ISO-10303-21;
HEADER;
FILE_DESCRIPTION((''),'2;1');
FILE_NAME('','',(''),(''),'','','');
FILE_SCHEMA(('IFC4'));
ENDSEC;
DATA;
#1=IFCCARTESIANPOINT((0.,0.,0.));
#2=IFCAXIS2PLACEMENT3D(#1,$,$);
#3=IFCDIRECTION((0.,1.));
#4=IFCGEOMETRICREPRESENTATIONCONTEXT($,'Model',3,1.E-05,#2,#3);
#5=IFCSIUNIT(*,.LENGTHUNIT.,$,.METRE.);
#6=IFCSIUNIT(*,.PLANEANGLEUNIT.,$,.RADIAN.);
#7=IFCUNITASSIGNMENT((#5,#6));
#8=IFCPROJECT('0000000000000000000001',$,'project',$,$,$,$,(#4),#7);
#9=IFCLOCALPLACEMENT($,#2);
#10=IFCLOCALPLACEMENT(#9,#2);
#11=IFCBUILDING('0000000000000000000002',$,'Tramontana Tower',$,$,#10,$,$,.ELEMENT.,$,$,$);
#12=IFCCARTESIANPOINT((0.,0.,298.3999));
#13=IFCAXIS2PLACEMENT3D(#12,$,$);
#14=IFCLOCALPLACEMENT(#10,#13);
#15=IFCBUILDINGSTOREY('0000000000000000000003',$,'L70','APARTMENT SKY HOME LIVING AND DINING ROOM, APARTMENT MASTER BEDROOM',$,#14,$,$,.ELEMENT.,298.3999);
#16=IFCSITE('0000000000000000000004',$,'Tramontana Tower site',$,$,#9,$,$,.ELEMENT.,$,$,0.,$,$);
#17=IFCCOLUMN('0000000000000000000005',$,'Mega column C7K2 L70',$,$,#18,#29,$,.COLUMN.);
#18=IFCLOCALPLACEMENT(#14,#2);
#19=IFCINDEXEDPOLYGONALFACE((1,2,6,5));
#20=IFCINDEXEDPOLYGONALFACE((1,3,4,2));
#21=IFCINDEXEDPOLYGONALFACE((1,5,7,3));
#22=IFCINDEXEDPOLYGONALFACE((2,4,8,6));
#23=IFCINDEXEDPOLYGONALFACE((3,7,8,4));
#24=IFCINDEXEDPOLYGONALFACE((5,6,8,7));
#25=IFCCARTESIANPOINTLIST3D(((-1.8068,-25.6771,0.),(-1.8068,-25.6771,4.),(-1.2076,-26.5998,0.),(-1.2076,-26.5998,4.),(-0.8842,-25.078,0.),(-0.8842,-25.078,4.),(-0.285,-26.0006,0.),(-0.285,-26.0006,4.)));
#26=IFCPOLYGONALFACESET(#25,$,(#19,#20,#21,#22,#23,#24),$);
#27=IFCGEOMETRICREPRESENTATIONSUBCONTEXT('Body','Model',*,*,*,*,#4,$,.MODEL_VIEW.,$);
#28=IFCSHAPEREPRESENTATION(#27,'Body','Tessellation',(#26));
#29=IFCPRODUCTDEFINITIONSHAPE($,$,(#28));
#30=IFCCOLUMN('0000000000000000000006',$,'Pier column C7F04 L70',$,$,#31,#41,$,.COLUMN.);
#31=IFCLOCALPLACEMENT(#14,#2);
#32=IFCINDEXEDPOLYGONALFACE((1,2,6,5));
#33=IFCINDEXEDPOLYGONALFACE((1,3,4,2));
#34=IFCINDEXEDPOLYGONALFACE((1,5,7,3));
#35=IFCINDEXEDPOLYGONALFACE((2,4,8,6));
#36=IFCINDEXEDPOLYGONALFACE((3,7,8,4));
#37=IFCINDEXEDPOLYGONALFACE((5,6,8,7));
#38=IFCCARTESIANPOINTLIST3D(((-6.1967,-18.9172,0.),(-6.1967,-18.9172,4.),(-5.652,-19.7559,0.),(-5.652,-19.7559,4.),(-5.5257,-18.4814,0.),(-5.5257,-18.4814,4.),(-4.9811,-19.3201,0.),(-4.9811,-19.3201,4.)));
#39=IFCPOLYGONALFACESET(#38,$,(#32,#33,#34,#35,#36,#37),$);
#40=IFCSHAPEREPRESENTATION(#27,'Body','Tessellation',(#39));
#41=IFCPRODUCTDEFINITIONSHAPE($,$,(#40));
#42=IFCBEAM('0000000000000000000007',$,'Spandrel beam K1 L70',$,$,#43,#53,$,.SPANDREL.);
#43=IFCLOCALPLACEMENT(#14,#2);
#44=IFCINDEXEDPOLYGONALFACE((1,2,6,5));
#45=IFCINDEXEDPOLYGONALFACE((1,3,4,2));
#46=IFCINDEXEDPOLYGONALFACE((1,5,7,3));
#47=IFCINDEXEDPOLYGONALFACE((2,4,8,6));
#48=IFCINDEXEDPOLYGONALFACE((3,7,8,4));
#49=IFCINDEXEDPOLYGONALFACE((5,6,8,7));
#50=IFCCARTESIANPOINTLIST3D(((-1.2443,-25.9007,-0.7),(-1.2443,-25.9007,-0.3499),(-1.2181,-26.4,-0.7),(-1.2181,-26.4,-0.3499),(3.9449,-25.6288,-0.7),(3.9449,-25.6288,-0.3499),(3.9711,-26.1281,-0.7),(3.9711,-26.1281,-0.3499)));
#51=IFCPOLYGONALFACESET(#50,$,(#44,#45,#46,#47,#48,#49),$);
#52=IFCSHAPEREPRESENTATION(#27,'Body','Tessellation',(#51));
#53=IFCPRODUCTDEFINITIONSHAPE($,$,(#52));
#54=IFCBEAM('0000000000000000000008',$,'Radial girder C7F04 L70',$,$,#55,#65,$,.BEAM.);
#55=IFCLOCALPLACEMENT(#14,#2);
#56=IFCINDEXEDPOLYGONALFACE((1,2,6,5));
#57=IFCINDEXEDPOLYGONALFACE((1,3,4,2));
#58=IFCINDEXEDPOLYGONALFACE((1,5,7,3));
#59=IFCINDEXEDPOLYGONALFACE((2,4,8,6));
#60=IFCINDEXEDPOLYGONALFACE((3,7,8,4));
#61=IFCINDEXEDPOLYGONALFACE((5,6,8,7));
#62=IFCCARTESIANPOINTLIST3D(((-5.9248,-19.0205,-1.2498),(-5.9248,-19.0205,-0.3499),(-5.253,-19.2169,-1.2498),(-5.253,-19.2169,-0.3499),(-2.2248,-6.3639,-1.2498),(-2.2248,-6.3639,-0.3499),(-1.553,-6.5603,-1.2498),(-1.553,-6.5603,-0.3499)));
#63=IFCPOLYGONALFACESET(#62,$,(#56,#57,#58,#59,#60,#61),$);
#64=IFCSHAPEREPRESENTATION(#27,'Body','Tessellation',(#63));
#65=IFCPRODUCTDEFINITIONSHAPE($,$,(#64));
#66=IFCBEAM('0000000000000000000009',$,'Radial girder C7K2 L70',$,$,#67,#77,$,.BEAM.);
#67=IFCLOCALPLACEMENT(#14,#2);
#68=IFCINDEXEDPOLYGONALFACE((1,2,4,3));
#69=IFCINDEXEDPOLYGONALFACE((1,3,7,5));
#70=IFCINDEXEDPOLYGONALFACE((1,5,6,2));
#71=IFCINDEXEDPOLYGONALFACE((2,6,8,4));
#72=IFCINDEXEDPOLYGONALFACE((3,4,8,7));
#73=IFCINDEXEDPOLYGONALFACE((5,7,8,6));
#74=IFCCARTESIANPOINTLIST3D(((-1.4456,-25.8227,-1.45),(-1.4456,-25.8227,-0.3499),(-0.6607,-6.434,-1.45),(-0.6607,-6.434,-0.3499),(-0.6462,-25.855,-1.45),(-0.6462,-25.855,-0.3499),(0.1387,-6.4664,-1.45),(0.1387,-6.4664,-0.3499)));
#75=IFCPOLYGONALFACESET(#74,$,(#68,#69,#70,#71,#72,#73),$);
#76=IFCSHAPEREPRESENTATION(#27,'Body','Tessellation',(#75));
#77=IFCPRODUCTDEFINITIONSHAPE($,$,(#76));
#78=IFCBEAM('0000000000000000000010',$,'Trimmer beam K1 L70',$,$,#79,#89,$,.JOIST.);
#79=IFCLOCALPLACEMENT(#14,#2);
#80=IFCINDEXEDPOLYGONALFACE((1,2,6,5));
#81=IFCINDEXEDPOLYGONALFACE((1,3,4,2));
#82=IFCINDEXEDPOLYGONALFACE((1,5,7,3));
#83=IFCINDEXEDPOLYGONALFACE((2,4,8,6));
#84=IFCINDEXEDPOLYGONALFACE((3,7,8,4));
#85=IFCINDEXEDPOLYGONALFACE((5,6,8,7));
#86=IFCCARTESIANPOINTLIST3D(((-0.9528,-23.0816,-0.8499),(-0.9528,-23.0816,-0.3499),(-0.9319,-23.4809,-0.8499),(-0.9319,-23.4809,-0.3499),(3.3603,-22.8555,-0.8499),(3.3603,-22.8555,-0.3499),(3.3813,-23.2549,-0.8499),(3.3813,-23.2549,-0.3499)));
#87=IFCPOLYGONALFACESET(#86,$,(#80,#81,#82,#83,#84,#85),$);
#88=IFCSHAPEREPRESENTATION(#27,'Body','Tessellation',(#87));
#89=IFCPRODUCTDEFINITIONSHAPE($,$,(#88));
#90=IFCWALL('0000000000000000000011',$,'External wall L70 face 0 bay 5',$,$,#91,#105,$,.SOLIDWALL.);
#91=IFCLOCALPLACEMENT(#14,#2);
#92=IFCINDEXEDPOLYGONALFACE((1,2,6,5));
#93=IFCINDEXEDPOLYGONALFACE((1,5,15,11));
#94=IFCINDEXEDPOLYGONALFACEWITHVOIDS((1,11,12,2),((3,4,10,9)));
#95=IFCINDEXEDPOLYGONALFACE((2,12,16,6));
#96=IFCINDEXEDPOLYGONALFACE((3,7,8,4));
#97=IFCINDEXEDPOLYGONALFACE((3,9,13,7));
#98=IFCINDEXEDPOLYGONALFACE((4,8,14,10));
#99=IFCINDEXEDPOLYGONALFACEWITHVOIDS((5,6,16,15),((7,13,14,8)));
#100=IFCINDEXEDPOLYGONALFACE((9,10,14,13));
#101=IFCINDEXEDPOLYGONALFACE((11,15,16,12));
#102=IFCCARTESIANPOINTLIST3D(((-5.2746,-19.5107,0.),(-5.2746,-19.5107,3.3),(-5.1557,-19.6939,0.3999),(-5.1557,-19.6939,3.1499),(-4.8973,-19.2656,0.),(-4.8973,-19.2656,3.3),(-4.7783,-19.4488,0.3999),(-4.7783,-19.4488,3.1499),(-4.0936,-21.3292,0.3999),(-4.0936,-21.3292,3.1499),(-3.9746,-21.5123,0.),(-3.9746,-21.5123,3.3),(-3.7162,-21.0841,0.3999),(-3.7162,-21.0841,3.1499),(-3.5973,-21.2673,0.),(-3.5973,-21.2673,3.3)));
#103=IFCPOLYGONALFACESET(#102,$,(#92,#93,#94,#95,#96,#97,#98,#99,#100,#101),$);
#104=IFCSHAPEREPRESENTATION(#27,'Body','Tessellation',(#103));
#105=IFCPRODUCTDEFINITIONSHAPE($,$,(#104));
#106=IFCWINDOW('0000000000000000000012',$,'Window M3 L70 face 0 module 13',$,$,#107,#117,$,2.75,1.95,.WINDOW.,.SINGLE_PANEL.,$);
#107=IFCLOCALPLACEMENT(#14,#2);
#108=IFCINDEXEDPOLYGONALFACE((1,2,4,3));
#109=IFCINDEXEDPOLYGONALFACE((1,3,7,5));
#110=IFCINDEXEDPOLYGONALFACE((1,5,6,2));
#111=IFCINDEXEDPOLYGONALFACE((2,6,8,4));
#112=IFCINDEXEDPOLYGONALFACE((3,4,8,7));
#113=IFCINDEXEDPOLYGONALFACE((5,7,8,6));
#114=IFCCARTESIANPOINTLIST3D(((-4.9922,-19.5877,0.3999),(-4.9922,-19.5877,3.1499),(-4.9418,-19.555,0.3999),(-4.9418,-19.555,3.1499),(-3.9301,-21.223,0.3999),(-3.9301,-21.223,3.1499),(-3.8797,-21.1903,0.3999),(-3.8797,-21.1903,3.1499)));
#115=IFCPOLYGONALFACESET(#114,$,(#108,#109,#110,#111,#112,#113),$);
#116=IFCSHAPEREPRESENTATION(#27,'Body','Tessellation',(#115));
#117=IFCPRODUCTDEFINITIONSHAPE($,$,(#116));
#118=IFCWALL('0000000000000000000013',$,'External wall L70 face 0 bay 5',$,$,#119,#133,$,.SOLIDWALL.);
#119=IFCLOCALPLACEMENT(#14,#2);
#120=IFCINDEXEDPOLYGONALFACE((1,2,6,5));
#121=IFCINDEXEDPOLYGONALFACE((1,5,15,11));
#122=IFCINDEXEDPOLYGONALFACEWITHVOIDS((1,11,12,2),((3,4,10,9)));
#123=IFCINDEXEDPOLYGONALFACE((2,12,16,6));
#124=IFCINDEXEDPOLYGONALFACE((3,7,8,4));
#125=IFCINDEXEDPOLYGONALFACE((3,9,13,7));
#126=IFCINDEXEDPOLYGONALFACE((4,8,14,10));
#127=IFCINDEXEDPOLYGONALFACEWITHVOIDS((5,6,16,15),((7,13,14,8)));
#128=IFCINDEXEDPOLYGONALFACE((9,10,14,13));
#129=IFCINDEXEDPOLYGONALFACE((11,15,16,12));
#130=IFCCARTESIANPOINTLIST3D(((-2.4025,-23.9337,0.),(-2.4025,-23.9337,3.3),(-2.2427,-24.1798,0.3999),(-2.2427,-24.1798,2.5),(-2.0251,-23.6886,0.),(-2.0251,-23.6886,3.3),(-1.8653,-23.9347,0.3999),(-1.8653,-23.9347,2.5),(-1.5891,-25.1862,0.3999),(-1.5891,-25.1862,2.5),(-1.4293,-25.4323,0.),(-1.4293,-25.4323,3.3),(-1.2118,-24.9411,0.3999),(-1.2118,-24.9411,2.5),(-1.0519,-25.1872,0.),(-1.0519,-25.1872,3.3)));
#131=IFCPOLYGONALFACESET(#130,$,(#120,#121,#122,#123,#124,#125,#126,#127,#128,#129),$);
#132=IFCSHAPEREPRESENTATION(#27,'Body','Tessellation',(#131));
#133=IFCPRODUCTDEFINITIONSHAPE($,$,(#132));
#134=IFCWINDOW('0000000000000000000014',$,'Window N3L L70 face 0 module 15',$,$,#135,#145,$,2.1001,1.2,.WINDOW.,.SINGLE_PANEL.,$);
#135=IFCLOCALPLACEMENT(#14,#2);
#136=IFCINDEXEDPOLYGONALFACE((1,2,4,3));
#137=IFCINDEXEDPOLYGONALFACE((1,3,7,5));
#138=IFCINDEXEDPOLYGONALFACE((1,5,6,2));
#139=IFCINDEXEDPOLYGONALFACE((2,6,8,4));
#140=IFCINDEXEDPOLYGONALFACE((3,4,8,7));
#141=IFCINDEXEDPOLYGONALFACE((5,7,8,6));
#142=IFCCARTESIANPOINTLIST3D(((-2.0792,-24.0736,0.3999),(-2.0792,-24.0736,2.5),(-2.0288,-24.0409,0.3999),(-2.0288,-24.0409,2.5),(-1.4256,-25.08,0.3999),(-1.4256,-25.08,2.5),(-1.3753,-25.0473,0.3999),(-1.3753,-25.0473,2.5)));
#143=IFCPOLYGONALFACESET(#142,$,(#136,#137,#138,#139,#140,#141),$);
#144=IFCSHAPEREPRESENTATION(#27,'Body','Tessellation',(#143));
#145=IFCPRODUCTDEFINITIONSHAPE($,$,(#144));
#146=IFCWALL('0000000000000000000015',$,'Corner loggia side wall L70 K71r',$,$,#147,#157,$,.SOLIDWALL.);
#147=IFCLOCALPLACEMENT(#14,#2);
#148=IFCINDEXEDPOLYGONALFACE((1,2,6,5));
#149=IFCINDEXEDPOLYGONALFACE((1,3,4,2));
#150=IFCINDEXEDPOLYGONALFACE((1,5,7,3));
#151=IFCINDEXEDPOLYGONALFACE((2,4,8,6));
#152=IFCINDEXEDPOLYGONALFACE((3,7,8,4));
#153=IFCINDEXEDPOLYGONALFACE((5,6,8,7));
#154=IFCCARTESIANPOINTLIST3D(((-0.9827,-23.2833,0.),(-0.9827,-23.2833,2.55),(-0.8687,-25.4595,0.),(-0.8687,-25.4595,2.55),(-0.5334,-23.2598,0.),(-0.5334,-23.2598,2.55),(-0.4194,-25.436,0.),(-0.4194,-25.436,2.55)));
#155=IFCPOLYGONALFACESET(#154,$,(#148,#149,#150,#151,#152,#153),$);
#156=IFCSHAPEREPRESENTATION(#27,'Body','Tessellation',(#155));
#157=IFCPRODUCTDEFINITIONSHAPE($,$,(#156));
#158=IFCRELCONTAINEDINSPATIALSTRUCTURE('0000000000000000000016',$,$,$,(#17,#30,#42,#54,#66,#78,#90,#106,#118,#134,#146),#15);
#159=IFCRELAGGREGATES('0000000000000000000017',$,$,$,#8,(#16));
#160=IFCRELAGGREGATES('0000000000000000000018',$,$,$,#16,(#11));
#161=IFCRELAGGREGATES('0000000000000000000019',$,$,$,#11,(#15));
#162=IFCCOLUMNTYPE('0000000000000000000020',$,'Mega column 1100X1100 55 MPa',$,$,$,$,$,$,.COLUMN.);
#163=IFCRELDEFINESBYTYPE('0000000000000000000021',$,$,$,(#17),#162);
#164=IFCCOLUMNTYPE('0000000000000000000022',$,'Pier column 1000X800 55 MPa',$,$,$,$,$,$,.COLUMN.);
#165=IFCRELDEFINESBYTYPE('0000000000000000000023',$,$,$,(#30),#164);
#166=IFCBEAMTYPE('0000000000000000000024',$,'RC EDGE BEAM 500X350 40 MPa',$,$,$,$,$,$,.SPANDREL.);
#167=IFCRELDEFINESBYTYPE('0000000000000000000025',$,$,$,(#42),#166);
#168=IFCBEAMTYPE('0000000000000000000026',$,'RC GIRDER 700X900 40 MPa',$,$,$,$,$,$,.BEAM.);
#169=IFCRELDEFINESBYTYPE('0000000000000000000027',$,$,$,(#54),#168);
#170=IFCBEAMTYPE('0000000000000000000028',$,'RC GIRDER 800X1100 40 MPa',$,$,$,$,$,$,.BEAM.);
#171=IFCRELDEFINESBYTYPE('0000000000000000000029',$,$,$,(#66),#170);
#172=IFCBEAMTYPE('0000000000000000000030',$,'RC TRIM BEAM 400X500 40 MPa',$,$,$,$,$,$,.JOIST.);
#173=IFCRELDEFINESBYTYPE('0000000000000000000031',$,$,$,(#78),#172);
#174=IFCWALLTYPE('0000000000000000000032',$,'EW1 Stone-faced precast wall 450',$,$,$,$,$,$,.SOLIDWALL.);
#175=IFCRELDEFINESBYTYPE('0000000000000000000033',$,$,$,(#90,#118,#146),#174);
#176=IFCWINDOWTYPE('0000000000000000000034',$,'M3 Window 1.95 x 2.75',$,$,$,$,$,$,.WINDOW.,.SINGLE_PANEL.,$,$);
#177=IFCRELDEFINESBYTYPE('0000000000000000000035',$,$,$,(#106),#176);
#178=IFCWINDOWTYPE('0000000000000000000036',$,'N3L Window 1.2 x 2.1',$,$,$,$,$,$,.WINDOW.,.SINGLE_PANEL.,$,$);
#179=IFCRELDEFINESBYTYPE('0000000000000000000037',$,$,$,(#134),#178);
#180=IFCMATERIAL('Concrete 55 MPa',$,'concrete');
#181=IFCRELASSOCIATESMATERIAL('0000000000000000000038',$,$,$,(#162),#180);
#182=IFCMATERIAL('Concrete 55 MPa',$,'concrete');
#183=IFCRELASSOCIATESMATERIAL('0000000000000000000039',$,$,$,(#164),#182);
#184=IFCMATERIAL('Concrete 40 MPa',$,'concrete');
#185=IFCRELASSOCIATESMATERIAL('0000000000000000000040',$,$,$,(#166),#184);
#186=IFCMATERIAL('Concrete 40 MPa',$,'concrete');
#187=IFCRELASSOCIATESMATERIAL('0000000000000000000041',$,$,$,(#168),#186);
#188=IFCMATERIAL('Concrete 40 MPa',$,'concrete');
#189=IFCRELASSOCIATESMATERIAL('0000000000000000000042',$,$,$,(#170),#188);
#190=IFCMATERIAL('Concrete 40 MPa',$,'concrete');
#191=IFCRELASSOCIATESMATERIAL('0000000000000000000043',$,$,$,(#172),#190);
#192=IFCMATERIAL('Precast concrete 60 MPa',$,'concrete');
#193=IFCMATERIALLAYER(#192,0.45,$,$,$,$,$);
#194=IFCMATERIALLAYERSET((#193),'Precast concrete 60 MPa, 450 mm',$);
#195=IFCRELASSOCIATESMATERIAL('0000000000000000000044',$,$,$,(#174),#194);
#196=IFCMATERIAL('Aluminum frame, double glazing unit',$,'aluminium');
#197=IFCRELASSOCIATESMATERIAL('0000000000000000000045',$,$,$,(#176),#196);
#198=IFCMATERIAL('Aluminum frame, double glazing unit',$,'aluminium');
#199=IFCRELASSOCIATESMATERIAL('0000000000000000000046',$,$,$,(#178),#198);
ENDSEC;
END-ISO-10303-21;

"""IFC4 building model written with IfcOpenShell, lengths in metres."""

from ifc_helpers import new_model, si_unit, direction, frame, frame_2d, origin, origin_2d, place, context, subcontext, project, spatial, rectangle, extrude, material, layer, layer_set, material_profile, profile_set, type_object, element, fill, save


model = new_model("IFC4")

# Units and contexts
model_context = context("Model", 3, precision=1e-05, world=origin(), true_north=direction((0.0, 1.0)))
body_context = subcontext(model_context, "Body", "Model", "MODEL_VIEW")
ifc_project = project(units=[si_unit("LENGTHUNIT", "METRE"), si_unit("PLANEANGLEUNIT", "RADIAN")], contexts=[model_context])

# Site, building, storey
site_placement = place(None, origin())
site = spatial("IfcSite", under=ifc_project, at=site_placement, Name="Tramontana Tower site", CompositionType="ELEMENT", RefElevation=0.0)
building_placement = place(site_placement, origin())
building = spatial("IfcBuilding", under=site, at=building_placement, Name="Tramontana Tower", CompositionType="ELEMENT")
storey_placement = place(building_placement, frame((0.0, 0.0, 298.3999)))
storey = spatial("IfcBuildingStorey", under=building, at=storey_placement, Name="L70", Description="APARTMENT SKY HOME LIVING AND DINING ROOM, APARTMENT MASTER BEDROOM", CompositionType="ELEMENT", Elevation=298.3999)

# Columns
ifc_material_1 = material(Name="Concrete 55 MPa", Category="concrete")
ifc_material_profile_1 = material_profile(ifc_material_1, rectangle(XDim=1.1001, YDim=1.1001, at=origin_2d()), Name="Mega column 1100X1100 55 MPa")
ifc_profile_set_1 = profile_set([ifc_material_profile_1], Name="Concrete 55 MPa")
column_type_1 = type_object("IfcColumnType", Name="Mega column 1100X1100 55 MPa", PredefinedType="COLUMN", material=ifc_profile_set_1)
column_1_placement = place(storey_placement, frame((-1.0459, -25.8389, 0.0), z_axis=(0.0, 0.0, 1.0), x_axis=(0.544639, -0.838671, 0.0)))
element("IfcColumn", 1, at=column_1_placement, inside=storey, type_object=column_type_1, Name="Mega column C7K2 L70", PredefinedType="COLUMN", context=body_context, shape_type="SweptSolid", body=[
    extrude(rectangle(XDim=1.1001, YDim=1.1001, at=origin_2d()), origin(), (0.0, 0.0, 1.0), 4.0),
])
ifc_material_2 = material(Name="Concrete 55 MPa", Category="concrete")
ifc_material_profile_2 = material_profile(ifc_material_2, rectangle(XDim=1.0, YDim=0.8, at=origin_2d()), Name="Pier column 1000X800 55 MPa")
ifc_profile_set_2 = profile_set([ifc_material_profile_2], Name="Concrete 55 MPa")
column_type_2 = type_object("IfcColumnType", Name="Pier column 1000X800 55 MPa", PredefinedType="COLUMN", material=ifc_profile_set_2)
column_2_placement = place(storey_placement, frame((-5.5889, -19.1187, 0.0), z_axis=(0.0, 0.0, 1.0), x_axis=(0.544639, -0.838671, 0.0)))
element("IfcColumn", 2, at=column_2_placement, inside=storey, type_object=column_type_2, Name="Pier column C7F04 L70", PredefinedType="COLUMN", context=body_context, shape_type="SweptSolid", body=[
    extrude(rectangle(XDim=1.0, YDim=0.8, at=origin_2d()), origin(), (0.0, 0.0, 1.0), 4.0),
])

# Beams
ifc_material_3 = material(Name="Concrete 40 MPa", Category="concrete")
ifc_material_profile_3 = material_profile(ifc_material_3, rectangle(XDim=0.5, YDim=0.3501, at=origin_2d()), Name="RC EDGE BEAM 500X350 40 MPa")
ifc_profile_set_3 = profile_set([ifc_material_profile_3], Name="Concrete 40 MPa")
beam_type_1 = type_object("IfcBeamType", Name="RC EDGE BEAM 500X350 40 MPa", PredefinedType="SPANDREL", material=ifc_profile_set_3)
beam_1_placement = place(storey_placement, frame((-1.2312, -26.1504, -0.5249), z_axis=(0.998629, 0.052339, 0.0), x_axis=(-0.052339, 0.998629, 0.0)))
element("IfcBeam", 3, at=beam_1_placement, inside=storey, type_object=beam_type_1, Name="Spandrel beam K1 L70", PredefinedType="SPANDREL", context=body_context, shape_type="SweptSolid", body=[
    extrude(rectangle(XDim=0.5, YDim=0.3501, at=origin_2d()), origin(), (0.0, 0.0, 1.0), 5.1963),
])
ifc_material_4 = material(Name="Concrete 40 MPa", Category="concrete")
ifc_material_profile_4 = material_profile(ifc_material_4, rectangle(XDim=0.7, YDim=0.8999, at=origin_2d()), Name="RC GIRDER 700X900 40 MPa")
ifc_profile_set_4 = profile_set([ifc_material_profile_4], Name="Concrete 40 MPa")
beam_type_2 = type_object("IfcBeamType", Name="RC GIRDER 700X900 40 MPa", PredefinedType="BEAM", material=ifc_profile_set_4)
beam_2_placement = place(storey_placement, frame((-5.5889, -19.1187, -0.7998), z_axis=(0.280592, 0.959827, 0.0), x_axis=(-0.959827, 0.280592, 0.0)))
element("IfcBeam", 4, at=beam_2_placement, inside=storey, type_object=beam_type_2, Name="Radial girder C7F04 L70", PredefinedType="BEAM", context=body_context, shape_type="SweptSolid", body=[
    extrude(rectangle(XDim=0.7, YDim=0.8999, at=origin_2d()), origin(), (0.0, 0.0, 1.0), 13.1863),
])
ifc_material_5 = material(Name="Concrete 40 MPa", Category="concrete")
ifc_material_profile_5 = material_profile(ifc_material_5, rectangle(XDim=0.8, YDim=1.1001, at=origin_2d()), Name="RC GIRDER 800X1100 40 MPa")
ifc_profile_set_5 = profile_set([ifc_material_profile_5], Name="Concrete 40 MPa")
beam_type_3 = type_object("IfcBeamType", Name="RC GIRDER 800X1100 40 MPa", PredefinedType="BEAM", material=ifc_profile_set_5)
beam_3_placement = place(storey_placement, frame((-1.0459, -25.8389, -0.8999), z_axis=(0.04045, 0.999182, 0.0), x_axis=(-0.999182, 0.04045, 0.0)))
element("IfcBeam", 5, at=beam_3_placement, inside=storey, type_object=beam_type_3, Name="Radial girder C7K2 L70", PredefinedType="BEAM", context=body_context, shape_type="SweptSolid", body=[
    extrude(rectangle(XDim=0.8, YDim=1.1001, at=origin_2d()), origin(), (0.0, 0.0, 1.0), 19.4045),
])
ifc_material_6 = material(Name="Concrete 40 MPa", Category="concrete")
ifc_material_profile_6 = material_profile(ifc_material_6, rectangle(XDim=0.3999, YDim=0.5, at=origin_2d()), Name="RC TRIM BEAM 400X500 40 MPa")
ifc_profile_set_6 = profile_set([ifc_material_profile_6], Name="Concrete 40 MPa")
beam_type_4 = type_object("IfcBeamType", Name="RC TRIM BEAM 400X500 40 MPa", PredefinedType="JOIST", material=ifc_profile_set_6)
beam_4_placement = place(storey_placement, frame((-0.9424, -23.2812, -0.5999), z_axis=(0.998629, 0.052342, 0.0), x_axis=(-0.052342, 0.998629, 0.0)))
element("IfcBeam", 6, at=beam_4_placement, inside=storey, type_object=beam_type_4, Name="Trimmer beam K1 L70", PredefinedType="JOIST", context=body_context, shape_type="SweptSolid", body=[
    extrude(rectangle(XDim=0.3999, YDim=0.5, at=origin_2d()), origin(), (0.0, 0.0, 1.0), 4.3191),
])

# Walls, openings, windows
ifc_material_7 = material(Name="Precast concrete 60 MPa", Category="concrete")
ifc_layer_1 = layer(ifc_material_7, 0.45)
ifc_layer_set_1 = layer_set([ifc_layer_1], Name="Precast concrete 60 MPa, 450 mm")
wall_type_1 = type_object("IfcWallType", Name="EW1 Stone-faced precast wall 450", PredefinedType="SOLIDWALL", material=ifc_layer_set_1)
wall_1_placement = place(storey_placement, frame((-5.0859, -19.3882, 0.0), z_axis=(0.0, 0.0, 1.0), x_axis=(0.544676, -0.838647, 0.0)))
wall_1 = element("IfcWall", 7, at=wall_1_placement, inside=storey, type_object=wall_type_1, Name="External wall L70 face 0 bay 5", PredefinedType="SOLIDWALL", context=body_context, shape_type="SweptSolid", body=[
    extrude(rectangle(XDim=2.3867, YDim=0.45, at=frame_2d((1.1934, 0.0))), origin(), (0.0, 0.0, 1.0), 3.3),
])
opening_1_placement = place(wall_1_placement, frame((0.2183, 0.0, 0.3999)))
opening_1 = element("IfcOpeningElement", 8, at=opening_1_placement, cuts=wall_1, PredefinedType="OPENING", context=body_context, shape_type="SweptSolid", body=[
    extrude(rectangle(XDim=1.95, YDim=2.75, at=frame_2d((0.9751, 1.375))), frame((0.0, 0.2349, 0.0), z_axis=(0.0, -1.0, 0.0), x_axis=(1.0, 0.0, 0.0)), (0.0, 0.0, 1.0), 0.47),
])
ifc_material_8 = material(Name="Aluminum frame, double glazing unit", Category="aluminium")
window_type_1 = type_object("IfcWindowType", Name="M3 Window 1.95 x 2.75", PartitioningType="SINGLE_PANEL", PredefinedType="WINDOW", material=ifc_material_8)
window_1_placement = place(opening_1_placement, origin())
window_1 = element("IfcWindow", 9, at=window_1_placement, inside=storey, type_object=window_type_1, Name="Window M3 L70 face 0 module 13", OverallHeight=2.75, OverallWidth=1.95, PartitioningType="SINGLE_PANEL", PredefinedType="WINDOW", context=body_context, shape_type="SweptSolid", body=[
    extrude(rectangle(XDim=1.95, YDim=2.75, at=frame_2d((0.9751, 1.375))), frame((0.0, 0.03, 0.0), z_axis=(0.0, -1.0, 0.0), x_axis=(1.0, 0.0, 0.0)), (0.0, 0.0, 1.0), 0.0601),
])
fill(opening_1, window_1)
wall_2_placement = place(storey_placement, frame((-2.2139, -23.811, 0.0), z_axis=(0.0, 0.0, 1.0), x_axis=(0.544633, -0.838675, 0.0)))
wall_2 = element("IfcWall", 10, at=wall_2_placement, inside=storey, type_object=wall_type_1, Name="External wall L70 face 0 bay 5", PredefinedType="SOLIDWALL", context=body_context, shape_type="SweptSolid", body=[
    extrude(rectangle(XDim=1.7869, YDim=0.45, at=frame_2d((0.8936, 0.0))), origin(), (0.0, 0.0, 1.0), 3.3),
])
opening_2_placement = place(wall_2_placement, frame((0.2935, 0.0, 0.3999)))
opening_2 = element("IfcOpeningElement", 11, at=opening_2_placement, cuts=wall_2, PredefinedType="OPENING", context=body_context, shape_type="SweptSolid", body=[
    extrude(rectangle(XDim=1.2, YDim=2.1001, at=frame_2d((0.6001, 1.05))), frame((0.0, 0.2349, 0.0), z_axis=(0.0, -1.0, 0.0), x_axis=(1.0, 0.0, 0.0)), (0.0, 0.0, 1.0), 0.47),
])
ifc_material_9 = material(Name="Aluminum frame, double glazing unit", Category="aluminium")
window_type_2 = type_object("IfcWindowType", Name="N3L Window 1.2 x 2.1", PartitioningType="SINGLE_PANEL", PredefinedType="WINDOW", material=ifc_material_9)
window_2_placement = place(opening_2_placement, origin())
window_2 = element("IfcWindow", 12, at=window_2_placement, inside=storey, type_object=window_type_2, Name="Window N3L L70 face 0 module 15", OverallHeight=2.1001, OverallWidth=1.2, PartitioningType="SINGLE_PANEL", PredefinedType="WINDOW", context=body_context, shape_type="SweptSolid", body=[
    extrude(rectangle(XDim=1.2, YDim=2.1001, at=frame_2d((0.6001, 1.05))), frame((0.0, 0.03, 0.0), z_axis=(0.0, -1.0, 0.0), x_axis=(1.0, 0.0, 0.0)), (0.0, 0.0, 1.0), 0.0601),
])
fill(opening_2, window_2)

# Wall
wall_3_placement = place(storey_placement, frame((-0.644, -25.4478, 0.0), z_axis=(0.0, 0.0, 1.0), x_axis=(-0.052318, 0.99863, 0.0)))
element("IfcWall", 13, at=wall_3_placement, inside=storey, type_object=wall_type_1, Name="Corner loggia side wall L70 K71r", PredefinedType="SOLIDWALL", context=body_context, shape_type="SweptSolid", body=[
    extrude(rectangle(XDim=2.1792, YDim=0.45, at=frame_2d((1.0896, 0.0))), origin(), (0.0, 0.0, 1.0), 2.55),
])

save(model, "model.ifc")
